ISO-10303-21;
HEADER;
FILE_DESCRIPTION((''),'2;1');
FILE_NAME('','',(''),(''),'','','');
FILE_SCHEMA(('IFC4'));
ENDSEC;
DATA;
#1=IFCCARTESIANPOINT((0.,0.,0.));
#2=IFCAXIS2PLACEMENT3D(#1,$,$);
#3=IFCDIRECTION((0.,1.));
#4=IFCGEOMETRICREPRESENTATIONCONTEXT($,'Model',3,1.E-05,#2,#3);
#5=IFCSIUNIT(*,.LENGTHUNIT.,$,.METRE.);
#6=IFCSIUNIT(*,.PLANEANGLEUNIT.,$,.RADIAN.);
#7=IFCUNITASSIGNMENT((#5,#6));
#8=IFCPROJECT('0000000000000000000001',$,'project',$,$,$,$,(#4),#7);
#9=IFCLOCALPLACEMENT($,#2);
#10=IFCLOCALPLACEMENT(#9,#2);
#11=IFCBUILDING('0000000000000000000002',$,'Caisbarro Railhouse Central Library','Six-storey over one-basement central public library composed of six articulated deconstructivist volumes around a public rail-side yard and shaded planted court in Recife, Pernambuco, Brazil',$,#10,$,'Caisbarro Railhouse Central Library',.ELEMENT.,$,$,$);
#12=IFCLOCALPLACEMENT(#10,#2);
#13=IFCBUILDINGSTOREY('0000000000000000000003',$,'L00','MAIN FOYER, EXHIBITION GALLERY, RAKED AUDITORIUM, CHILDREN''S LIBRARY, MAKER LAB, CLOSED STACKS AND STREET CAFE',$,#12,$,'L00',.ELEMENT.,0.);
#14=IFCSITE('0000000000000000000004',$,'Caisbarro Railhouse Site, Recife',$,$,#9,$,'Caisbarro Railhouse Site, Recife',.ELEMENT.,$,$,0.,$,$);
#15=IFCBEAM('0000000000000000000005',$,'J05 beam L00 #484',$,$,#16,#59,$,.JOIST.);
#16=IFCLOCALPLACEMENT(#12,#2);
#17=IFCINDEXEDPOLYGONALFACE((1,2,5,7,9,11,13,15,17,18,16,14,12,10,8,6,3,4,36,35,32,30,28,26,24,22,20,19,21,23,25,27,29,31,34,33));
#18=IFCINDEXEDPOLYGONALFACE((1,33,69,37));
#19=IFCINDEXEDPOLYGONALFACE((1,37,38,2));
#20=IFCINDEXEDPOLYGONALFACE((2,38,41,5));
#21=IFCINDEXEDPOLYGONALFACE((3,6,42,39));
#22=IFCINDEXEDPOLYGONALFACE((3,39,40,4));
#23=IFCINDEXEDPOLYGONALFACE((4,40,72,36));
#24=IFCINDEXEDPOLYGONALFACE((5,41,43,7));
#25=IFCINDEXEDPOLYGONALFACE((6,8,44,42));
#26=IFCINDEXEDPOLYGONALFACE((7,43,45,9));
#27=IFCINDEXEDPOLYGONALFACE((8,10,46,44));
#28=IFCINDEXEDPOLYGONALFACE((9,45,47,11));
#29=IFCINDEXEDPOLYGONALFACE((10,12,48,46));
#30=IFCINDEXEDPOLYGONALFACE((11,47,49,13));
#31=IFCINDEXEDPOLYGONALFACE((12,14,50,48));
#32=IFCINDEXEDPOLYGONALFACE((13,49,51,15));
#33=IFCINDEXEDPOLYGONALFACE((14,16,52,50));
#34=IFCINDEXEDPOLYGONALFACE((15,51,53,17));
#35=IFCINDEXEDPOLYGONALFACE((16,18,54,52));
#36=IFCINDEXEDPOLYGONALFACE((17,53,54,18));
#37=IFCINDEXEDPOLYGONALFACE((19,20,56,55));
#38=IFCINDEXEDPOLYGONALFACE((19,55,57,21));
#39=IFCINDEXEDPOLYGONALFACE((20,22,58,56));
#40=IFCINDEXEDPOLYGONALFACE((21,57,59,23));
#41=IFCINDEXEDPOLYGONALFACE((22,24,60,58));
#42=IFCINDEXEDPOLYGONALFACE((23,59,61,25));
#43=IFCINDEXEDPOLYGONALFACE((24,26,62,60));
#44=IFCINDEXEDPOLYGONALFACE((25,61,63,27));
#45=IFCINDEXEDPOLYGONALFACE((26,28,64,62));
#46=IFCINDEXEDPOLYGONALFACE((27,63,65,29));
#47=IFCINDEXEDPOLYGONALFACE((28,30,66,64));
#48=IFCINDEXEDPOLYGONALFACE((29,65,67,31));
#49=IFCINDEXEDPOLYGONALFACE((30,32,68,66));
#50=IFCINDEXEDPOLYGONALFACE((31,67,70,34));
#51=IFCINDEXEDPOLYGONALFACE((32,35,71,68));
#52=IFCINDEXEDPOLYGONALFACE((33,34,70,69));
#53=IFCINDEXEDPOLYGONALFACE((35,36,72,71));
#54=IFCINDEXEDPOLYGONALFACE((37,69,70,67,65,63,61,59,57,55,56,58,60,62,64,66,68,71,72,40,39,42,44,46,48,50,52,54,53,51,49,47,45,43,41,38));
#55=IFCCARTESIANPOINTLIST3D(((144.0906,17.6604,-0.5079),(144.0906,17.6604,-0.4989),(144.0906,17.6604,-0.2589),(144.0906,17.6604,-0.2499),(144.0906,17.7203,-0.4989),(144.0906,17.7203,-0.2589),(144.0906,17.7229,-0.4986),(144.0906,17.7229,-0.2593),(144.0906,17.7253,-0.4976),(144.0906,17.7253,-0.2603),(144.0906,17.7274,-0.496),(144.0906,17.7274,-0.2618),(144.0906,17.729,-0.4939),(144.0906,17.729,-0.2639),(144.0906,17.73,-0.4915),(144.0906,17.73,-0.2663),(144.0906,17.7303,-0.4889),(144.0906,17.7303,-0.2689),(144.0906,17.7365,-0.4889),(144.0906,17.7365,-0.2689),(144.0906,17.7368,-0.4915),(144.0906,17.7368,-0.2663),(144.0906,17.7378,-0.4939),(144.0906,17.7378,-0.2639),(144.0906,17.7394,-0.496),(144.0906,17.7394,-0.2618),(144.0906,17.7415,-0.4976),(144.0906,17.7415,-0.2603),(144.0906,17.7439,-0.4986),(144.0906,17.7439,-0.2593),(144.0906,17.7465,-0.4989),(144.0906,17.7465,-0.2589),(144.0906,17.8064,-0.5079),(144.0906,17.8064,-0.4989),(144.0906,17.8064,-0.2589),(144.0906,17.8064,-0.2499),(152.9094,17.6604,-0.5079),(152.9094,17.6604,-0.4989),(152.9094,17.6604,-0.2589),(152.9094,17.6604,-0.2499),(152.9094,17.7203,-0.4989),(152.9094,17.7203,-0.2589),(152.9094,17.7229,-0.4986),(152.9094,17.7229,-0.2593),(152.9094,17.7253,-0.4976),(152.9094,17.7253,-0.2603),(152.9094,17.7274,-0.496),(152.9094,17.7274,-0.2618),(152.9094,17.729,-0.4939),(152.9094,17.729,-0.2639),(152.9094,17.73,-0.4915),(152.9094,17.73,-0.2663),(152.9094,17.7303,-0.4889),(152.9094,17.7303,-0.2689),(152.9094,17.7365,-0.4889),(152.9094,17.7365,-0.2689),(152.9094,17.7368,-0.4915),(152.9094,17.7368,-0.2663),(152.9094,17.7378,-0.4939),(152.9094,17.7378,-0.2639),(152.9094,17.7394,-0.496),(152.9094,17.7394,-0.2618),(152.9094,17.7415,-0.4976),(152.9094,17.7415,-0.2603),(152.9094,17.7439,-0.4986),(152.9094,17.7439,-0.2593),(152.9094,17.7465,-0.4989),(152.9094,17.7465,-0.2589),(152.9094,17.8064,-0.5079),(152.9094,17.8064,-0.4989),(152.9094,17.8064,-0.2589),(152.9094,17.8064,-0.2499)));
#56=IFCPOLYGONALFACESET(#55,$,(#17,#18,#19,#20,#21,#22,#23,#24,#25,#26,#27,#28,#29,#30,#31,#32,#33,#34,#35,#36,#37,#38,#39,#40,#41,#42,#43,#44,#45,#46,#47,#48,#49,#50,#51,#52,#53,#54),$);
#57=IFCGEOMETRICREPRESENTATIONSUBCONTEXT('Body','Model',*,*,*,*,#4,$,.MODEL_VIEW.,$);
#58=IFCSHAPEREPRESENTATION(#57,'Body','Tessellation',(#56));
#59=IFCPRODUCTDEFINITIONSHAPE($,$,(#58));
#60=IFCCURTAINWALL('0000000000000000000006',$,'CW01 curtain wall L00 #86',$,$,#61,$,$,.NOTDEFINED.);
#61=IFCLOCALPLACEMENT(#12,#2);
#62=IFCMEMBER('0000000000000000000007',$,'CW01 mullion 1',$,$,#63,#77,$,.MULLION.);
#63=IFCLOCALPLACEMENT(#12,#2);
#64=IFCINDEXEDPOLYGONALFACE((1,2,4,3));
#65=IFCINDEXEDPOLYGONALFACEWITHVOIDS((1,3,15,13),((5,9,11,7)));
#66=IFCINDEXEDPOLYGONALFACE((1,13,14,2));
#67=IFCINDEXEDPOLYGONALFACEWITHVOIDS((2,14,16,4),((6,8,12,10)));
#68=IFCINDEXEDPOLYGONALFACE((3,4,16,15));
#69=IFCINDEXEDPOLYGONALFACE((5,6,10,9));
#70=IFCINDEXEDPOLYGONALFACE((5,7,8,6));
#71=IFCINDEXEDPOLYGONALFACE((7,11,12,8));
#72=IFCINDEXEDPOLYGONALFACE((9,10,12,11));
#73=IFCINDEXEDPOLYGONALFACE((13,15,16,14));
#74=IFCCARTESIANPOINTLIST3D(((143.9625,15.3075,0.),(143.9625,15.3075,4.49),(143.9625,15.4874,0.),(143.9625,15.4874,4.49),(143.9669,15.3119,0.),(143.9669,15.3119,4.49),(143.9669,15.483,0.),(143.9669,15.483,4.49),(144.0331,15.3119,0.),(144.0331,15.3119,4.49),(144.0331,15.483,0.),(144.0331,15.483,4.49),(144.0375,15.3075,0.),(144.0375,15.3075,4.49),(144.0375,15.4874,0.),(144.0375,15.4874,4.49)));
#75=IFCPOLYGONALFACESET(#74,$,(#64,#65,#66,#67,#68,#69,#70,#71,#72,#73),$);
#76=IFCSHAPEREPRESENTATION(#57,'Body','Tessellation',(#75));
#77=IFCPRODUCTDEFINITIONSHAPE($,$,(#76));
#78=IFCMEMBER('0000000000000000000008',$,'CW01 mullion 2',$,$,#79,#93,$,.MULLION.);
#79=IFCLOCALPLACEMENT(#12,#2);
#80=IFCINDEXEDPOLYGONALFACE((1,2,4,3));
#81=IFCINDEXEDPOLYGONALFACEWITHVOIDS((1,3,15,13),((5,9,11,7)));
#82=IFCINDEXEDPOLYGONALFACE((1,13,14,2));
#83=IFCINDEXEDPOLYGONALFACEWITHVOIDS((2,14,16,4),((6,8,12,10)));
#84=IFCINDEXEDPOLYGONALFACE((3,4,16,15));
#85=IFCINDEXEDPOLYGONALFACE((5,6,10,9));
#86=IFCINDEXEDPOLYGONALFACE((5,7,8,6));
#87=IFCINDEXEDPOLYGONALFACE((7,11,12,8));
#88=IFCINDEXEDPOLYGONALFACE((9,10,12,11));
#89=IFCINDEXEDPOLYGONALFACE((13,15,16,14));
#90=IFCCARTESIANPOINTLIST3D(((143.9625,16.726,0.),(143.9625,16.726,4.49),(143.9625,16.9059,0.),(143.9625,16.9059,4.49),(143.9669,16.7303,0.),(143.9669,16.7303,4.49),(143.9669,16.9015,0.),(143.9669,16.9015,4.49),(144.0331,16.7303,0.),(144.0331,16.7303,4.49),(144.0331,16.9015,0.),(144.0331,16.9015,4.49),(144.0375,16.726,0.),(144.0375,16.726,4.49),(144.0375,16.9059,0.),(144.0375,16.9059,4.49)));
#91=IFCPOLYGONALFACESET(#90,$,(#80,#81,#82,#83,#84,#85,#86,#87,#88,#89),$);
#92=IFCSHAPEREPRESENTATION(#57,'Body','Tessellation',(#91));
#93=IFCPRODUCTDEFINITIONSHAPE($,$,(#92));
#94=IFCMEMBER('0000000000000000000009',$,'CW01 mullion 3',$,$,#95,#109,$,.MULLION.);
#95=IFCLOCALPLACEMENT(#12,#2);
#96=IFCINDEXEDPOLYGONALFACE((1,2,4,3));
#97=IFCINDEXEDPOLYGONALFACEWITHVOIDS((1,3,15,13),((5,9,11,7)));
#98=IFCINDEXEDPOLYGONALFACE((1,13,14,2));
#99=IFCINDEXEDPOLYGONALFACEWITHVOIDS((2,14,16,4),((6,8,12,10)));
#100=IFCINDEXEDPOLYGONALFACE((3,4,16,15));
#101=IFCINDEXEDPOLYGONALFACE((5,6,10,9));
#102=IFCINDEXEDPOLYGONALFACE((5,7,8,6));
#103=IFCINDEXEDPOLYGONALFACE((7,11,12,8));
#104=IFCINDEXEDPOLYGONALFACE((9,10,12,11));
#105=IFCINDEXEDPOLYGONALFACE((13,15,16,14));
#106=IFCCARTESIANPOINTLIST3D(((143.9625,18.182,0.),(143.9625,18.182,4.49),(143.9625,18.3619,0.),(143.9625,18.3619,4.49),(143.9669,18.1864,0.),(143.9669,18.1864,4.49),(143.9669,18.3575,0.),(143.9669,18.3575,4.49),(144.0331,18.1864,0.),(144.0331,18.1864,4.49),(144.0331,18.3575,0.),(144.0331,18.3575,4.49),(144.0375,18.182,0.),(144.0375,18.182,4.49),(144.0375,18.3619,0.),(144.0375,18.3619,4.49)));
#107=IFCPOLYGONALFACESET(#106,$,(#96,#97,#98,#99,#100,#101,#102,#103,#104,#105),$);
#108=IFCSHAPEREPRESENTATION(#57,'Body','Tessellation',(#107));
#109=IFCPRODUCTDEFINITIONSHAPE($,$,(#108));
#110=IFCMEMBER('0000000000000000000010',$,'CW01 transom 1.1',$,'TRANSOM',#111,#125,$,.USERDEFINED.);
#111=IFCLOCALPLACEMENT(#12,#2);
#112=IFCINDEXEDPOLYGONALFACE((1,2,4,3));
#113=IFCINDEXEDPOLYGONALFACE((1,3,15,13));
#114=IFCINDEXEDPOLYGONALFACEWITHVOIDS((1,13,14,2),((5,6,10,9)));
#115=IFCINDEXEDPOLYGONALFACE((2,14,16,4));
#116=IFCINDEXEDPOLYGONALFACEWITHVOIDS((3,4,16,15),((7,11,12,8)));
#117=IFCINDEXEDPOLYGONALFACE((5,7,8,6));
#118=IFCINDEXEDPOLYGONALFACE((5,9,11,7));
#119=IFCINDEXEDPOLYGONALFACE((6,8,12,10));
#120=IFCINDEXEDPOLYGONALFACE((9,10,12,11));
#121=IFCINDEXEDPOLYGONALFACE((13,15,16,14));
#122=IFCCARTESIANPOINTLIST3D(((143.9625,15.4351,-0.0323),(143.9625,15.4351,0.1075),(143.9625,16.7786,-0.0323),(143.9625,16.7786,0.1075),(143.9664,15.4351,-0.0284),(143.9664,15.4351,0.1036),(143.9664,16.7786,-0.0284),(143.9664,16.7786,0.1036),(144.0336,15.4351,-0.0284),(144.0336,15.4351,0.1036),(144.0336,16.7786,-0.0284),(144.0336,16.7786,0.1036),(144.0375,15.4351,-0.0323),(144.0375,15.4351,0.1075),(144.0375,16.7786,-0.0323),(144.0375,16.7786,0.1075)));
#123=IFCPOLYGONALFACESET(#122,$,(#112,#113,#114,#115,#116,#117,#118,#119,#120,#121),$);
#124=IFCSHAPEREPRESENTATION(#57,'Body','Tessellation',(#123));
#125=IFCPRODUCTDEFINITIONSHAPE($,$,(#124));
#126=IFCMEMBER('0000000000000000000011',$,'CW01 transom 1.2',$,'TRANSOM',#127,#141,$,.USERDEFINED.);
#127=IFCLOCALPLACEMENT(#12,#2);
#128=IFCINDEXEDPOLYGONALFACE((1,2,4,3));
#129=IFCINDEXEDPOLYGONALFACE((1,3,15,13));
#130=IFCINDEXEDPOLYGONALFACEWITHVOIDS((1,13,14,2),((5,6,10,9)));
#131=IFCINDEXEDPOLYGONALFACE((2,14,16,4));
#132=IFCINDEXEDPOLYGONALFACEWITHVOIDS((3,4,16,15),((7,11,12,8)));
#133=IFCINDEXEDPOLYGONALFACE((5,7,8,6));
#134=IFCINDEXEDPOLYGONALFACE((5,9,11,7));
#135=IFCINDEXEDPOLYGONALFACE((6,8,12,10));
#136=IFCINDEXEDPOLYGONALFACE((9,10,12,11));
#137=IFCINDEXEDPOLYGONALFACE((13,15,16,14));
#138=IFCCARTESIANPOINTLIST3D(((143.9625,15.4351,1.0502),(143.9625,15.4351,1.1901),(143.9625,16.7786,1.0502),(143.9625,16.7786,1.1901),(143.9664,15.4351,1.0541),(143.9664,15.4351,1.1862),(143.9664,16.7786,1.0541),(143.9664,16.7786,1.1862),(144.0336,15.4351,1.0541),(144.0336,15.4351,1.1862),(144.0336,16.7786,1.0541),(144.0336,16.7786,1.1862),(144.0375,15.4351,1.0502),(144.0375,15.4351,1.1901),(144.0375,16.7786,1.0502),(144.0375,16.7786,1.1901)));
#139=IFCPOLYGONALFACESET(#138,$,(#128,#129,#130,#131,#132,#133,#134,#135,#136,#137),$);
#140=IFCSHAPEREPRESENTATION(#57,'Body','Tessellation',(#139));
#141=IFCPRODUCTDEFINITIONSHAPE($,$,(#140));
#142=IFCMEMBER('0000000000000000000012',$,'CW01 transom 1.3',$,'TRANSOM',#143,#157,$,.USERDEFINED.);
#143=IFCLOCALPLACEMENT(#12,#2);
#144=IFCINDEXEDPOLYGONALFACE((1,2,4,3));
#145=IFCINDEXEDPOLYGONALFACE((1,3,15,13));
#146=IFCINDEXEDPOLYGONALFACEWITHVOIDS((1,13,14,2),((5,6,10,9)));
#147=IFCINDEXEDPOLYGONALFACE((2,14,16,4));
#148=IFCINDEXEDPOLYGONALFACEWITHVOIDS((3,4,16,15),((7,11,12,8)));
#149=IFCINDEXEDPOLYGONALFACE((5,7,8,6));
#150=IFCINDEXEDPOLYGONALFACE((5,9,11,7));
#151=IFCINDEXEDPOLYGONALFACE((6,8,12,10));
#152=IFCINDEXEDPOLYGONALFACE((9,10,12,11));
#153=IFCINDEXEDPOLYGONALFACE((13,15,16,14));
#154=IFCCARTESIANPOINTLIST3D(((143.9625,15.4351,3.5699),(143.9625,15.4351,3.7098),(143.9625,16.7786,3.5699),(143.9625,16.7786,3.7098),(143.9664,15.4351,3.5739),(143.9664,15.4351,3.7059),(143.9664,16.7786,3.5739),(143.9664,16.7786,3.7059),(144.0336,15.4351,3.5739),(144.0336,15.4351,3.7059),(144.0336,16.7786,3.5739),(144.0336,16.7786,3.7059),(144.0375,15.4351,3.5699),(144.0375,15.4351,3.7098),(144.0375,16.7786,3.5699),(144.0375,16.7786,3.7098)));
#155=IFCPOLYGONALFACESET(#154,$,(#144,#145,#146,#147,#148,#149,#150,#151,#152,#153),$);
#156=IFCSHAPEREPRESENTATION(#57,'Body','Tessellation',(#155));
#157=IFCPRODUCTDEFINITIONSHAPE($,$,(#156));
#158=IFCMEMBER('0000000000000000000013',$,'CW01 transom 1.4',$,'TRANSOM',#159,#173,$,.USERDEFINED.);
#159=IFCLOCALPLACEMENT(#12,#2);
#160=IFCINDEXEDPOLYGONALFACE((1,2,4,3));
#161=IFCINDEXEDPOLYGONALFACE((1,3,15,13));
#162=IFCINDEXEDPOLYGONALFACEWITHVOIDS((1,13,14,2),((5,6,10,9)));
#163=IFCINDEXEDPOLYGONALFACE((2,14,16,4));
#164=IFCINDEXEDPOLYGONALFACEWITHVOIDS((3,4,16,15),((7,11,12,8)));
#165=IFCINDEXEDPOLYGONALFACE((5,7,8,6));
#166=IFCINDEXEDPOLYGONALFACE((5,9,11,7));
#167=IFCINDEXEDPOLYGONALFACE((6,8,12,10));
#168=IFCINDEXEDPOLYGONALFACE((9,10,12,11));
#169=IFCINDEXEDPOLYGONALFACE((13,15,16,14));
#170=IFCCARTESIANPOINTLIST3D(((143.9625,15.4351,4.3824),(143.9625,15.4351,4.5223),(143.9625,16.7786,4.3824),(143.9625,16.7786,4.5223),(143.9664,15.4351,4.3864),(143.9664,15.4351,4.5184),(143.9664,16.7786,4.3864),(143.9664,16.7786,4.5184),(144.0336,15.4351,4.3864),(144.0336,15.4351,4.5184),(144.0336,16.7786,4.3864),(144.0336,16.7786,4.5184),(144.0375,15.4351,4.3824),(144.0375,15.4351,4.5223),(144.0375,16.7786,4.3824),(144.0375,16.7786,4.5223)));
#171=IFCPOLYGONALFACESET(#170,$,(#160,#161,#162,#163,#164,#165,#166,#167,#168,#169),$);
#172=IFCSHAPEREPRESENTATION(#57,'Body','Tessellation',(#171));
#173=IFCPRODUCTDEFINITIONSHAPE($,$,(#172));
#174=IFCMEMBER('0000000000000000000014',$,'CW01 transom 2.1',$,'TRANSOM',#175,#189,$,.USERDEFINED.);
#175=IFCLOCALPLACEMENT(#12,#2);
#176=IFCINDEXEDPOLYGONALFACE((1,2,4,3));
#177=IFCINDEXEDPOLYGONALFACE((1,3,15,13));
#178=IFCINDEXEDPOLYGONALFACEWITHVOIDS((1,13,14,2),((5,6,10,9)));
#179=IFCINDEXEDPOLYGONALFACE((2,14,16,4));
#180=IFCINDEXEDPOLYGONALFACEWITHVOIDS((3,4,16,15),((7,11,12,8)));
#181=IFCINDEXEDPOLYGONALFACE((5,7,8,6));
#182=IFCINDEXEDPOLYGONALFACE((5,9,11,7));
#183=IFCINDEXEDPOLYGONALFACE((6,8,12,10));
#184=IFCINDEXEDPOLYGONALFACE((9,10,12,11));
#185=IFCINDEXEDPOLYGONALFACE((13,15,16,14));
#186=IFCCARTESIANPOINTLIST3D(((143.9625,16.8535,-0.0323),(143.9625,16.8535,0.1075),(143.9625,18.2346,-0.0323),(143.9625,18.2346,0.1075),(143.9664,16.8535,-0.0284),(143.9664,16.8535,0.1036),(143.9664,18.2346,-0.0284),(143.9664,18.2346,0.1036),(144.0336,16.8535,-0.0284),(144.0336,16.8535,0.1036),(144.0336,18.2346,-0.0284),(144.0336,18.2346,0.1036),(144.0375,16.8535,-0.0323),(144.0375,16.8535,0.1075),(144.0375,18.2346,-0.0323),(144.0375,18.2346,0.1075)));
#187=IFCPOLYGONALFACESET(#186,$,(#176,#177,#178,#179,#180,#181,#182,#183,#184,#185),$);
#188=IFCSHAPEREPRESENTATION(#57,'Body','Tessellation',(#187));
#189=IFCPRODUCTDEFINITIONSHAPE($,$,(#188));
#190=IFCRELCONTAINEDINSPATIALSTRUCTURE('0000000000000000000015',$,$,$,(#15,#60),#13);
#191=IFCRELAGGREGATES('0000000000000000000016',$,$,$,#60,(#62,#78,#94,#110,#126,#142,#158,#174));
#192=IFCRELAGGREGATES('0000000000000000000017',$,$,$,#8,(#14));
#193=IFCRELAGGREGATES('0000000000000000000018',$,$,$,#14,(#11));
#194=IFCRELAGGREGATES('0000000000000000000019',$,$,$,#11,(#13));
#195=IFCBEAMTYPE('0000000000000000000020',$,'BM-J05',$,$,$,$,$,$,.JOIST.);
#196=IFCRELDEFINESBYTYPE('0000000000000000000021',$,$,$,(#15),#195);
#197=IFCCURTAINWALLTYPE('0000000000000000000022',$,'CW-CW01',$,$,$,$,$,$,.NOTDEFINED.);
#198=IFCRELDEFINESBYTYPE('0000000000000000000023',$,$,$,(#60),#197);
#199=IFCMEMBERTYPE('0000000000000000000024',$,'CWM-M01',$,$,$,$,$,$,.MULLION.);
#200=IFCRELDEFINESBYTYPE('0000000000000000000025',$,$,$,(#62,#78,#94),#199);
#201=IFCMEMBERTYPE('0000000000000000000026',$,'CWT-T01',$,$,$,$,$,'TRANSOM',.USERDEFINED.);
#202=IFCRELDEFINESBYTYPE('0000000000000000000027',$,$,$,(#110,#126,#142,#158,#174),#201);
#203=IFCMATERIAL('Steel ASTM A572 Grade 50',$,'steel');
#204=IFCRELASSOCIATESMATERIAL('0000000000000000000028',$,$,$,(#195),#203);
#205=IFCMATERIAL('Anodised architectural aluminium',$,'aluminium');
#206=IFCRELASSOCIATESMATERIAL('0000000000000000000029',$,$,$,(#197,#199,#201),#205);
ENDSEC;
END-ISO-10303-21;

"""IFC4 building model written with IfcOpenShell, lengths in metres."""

from ifc_helpers import new_model, si_unit, direction, frame, origin, origin_2d, place, context, subcontext, project, spatial, hollow_rectangle, i_section, extrude, material, material_profile, profile_set, type_object, element, aggregate, save


model = new_model("IFC4")

# Units and contexts
model_context = context("Model", 3, precision=1e-05, world=origin(), true_north=direction((0.0, 1.0)))
body_context = subcontext(model_context, "Body", "Model", "MODEL_VIEW")
ifc_project = project(units=[si_unit("LENGTHUNIT", "METRE"), si_unit("PLANEANGLEUNIT", "RADIAN")], contexts=[model_context])

# Site, building, storey
site_placement = place(None, origin())
site = spatial("IfcSite", under=ifc_project, at=site_placement, Name="Caisbarro Railhouse Site, Recife", LongName="Caisbarro Railhouse Site, Recife", CompositionType="ELEMENT", RefElevation=0.0)
building_placement = place(site_placement, origin())
building = spatial("IfcBuilding", under=site, at=building_placement, Name="Caisbarro Railhouse Central Library", Description="Six-storey over one-basement central public library composed of six articulated deconstructivist volumes around a public rail-side yard and shaded planted court in Recife, Pernambuco, Brazil", LongName="Caisbarro Railhouse Central Library", CompositionType="ELEMENT")
storey_placement = place(building_placement, origin())
storey = spatial("IfcBuildingStorey", under=building, at=storey_placement, Name="L00", Description="MAIN FOYER, EXHIBITION GALLERY, RAKED AUDITORIUM, CHILDREN'S LIBRARY, MAKER LAB, CLOSED STACKS AND STREET CAFE", LongName="L00", CompositionType="ELEMENT", Elevation=0.0)

# Shared definitions
ifc_material_1 = material(Name="Steel ASTM A572 Grade 50", Category="steel")

# Beam
ifc_material_profile_1 = material_profile(ifc_material_1, i_section(OverallWidth=0.146, OverallDepth=0.2581, WebThickness=0.0061, FlangeThickness=0.009, FilletRadius=0.01, at=origin_2d()), Name="W250X32.7")
ifc_profile_set_1 = profile_set([ifc_material_profile_1], Name="Steel ASTM A572 Grade 50")
beam_type_1 = type_object("IfcBeamType", Name="BM-J05", PredefinedType="JOIST", material=ifc_profile_set_1)
beam_1_placement = place(storey_placement, frame((144.0906, 17.7334, -0.3789), z_axis=(1.0, 0.0, 0.0), x_axis=(0.0, 1.0, 0.0)))
element("IfcBeam", 1, at=beam_1_placement, inside=storey, type_object=beam_type_1, Name="J05 beam L00 #484", PredefinedType="JOIST", context=body_context, shape_type="SweptSolid", body=[
    extrude(i_section(OverallWidth=0.146, OverallDepth=0.2581, WebThickness=0.0061, FlangeThickness=0.009, FilletRadius=0.01, at=origin_2d()), origin(), (0.0, 0.0, 1.0), 8.8188),
])

# Curtain wall, members
ifc_material_2 = material(Name="Anodised architectural aluminium", Category="aluminium")
curtain_wall_type = type_object("IfcCurtainWallType", Name="CW-CW01", PredefinedType="NOTDEFINED", material=ifc_material_2)
curtain_wall_placement = place(storey_placement, origin())
curtain_wall = element("IfcCurtainWall", 2, at=curtain_wall_placement, inside=storey, type_object=curtain_wall_type, Name="CW01 curtain wall L00 #86", PredefinedType="NOTDEFINED")
ifc_material_profile_2 = material_profile(ifc_material_2, hollow_rectangle(XDim=0.075, YDim=0.1799, WallThickness=0.0044, at=origin_2d()), Name="ALU-MUL-75X180")
ifc_profile_set_2 = profile_set([ifc_material_profile_2], Name="Anodised architectural aluminium")
member_type_1 = type_object("IfcMemberType", Name="CWM-M01", PredefinedType="MULLION", material=ifc_profile_set_2)
member_1_placement = place(storey_placement, frame((144.0, 15.3975, 0.0), z_axis=(0.0, 0.0, 1.0), x_axis=(-1.0, 0.0, 0.0)))
member_1 = element("IfcMember", 3, at=member_1_placement, type_object=member_type_1, Name="CW01 mullion 1", PredefinedType="MULLION", context=body_context, shape_type="SweptSolid", body=[
    extrude(hollow_rectangle(XDim=0.075, YDim=0.1799, WallThickness=0.0044, at=origin_2d()), origin(), (0.0, 0.0, 1.0), 4.49),
])
member_2_placement = place(storey_placement, frame((144.0, 16.8159, 0.0), z_axis=(0.0, 0.0, 1.0), x_axis=(-1.0, 0.0, 0.0)))
member_2 = element("IfcMember", 4, at=member_2_placement, type_object=member_type_1, Name="CW01 mullion 2", PredefinedType="MULLION", context=body_context, shape_type="SweptSolid", body=[
    extrude(hollow_rectangle(XDim=0.075, YDim=0.1799, WallThickness=0.0044, at=origin_2d()), origin(), (0.0, 0.0, 1.0), 4.49),
])
member_3_placement = place(storey_placement, frame((144.0, 18.272, 0.0), z_axis=(0.0, 0.0, 1.0), x_axis=(-1.0, 0.0, 0.0)))
member_3 = element("IfcMember", 5, at=member_3_placement, type_object=member_type_1, Name="CW01 mullion 3", PredefinedType="MULLION", context=body_context, shape_type="SweptSolid", body=[
    extrude(hollow_rectangle(XDim=0.075, YDim=0.1799, WallThickness=0.0044, at=origin_2d()), origin(), (0.0, 0.0, 1.0), 4.49),
])
ifc_material_profile_3 = material_profile(ifc_material_2, hollow_rectangle(XDim=0.075, YDim=0.1399, WallThickness=0.0039, at=origin_2d()), Name="ALU-TRN-75X140")
ifc_profile_set_3 = profile_set([ifc_material_profile_3], Name="Anodised architectural aluminium")
member_type_2 = type_object("IfcMemberType", Name="CWT-T01", ElementType="TRANSOM", PredefinedType="USERDEFINED", material=ifc_profile_set_3)
member_4_placement = place(storey_placement, frame((144.0, 15.4351, 0.0376), z_axis=(0.0, 1.0, 0.0), x_axis=(-1.0, 0.0, 0.0)))
member_4 = element("IfcMember", 6, at=member_4_placement, type_object=member_type_2, Name="CW01 transom 1.1", ObjectType="TRANSOM", PredefinedType="USERDEFINED", context=body_context, shape_type="SweptSolid", body=[
    extrude(hollow_rectangle(XDim=0.075, YDim=0.1399, WallThickness=0.0039, at=origin_2d()), origin(), (0.0, 0.0, 1.0), 1.3435),
])
member_5_placement = place(storey_placement, frame((144.0, 15.4351, 1.1201), z_axis=(0.0, 1.0, 0.0), x_axis=(-1.0, 0.0, 0.0)))
member_5 = element("IfcMember", 7, at=member_5_placement, type_object=member_type_2, Name="CW01 transom 1.2", ObjectType="TRANSOM", PredefinedType="USERDEFINED", context=body_context, shape_type="SweptSolid", body=[
    extrude(hollow_rectangle(XDim=0.075, YDim=0.1399, WallThickness=0.0039, at=origin_2d()), origin(), (0.0, 0.0, 1.0), 1.3435),
])
member_6_placement = place(storey_placement, frame((144.0, 15.4351, 3.6399), z_axis=(0.0, 1.0, 0.0), x_axis=(-1.0, 0.0, 0.0)))
member_6 = element("IfcMember", 8, at=member_6_placement, type_object=member_type_2, Name="CW01 transom 1.3", ObjectType="TRANSOM", PredefinedType="USERDEFINED", context=body_context, shape_type="SweptSolid", body=[
    extrude(hollow_rectangle(XDim=0.075, YDim=0.1399, WallThickness=0.0039, at=origin_2d()), origin(), (0.0, 0.0, 1.0), 1.3435),
])
member_7_placement = place(storey_placement, frame((144.0, 15.4351, 4.4524), z_axis=(0.0, 1.0, 0.0), x_axis=(-1.0, 0.0, 0.0)))
member_7 = element("IfcMember", 9, at=member_7_placement, type_object=member_type_2, Name="CW01 transom 1.4", ObjectType="TRANSOM", PredefinedType="USERDEFINED", context=body_context, shape_type="SweptSolid", body=[
    extrude(hollow_rectangle(XDim=0.075, YDim=0.1399, WallThickness=0.0039, at=origin_2d()), origin(), (0.0, 0.0, 1.0), 1.3435),
])
member_8_placement = place(storey_placement, frame((144.0, 16.8535, 0.0376), z_axis=(0.0, 1.0, 0.0), x_axis=(-1.0, 0.0, 0.0)))
member_8 = element("IfcMember", 10, at=member_8_placement, type_object=member_type_2, Name="CW01 transom 2.1", ObjectType="TRANSOM", PredefinedType="USERDEFINED", context=body_context, shape_type="SweptSolid", body=[
    extrude(hollow_rectangle(XDim=0.075, YDim=0.1399, WallThickness=0.0039, at=origin_2d()), origin(), (0.0, 0.0, 1.0), 1.3811),
])
aggregate(curtain_wall, [member_1, member_2, member_3, member_4, member_5, member_6, member_7, member_8])

save(model, "model.ifc")
